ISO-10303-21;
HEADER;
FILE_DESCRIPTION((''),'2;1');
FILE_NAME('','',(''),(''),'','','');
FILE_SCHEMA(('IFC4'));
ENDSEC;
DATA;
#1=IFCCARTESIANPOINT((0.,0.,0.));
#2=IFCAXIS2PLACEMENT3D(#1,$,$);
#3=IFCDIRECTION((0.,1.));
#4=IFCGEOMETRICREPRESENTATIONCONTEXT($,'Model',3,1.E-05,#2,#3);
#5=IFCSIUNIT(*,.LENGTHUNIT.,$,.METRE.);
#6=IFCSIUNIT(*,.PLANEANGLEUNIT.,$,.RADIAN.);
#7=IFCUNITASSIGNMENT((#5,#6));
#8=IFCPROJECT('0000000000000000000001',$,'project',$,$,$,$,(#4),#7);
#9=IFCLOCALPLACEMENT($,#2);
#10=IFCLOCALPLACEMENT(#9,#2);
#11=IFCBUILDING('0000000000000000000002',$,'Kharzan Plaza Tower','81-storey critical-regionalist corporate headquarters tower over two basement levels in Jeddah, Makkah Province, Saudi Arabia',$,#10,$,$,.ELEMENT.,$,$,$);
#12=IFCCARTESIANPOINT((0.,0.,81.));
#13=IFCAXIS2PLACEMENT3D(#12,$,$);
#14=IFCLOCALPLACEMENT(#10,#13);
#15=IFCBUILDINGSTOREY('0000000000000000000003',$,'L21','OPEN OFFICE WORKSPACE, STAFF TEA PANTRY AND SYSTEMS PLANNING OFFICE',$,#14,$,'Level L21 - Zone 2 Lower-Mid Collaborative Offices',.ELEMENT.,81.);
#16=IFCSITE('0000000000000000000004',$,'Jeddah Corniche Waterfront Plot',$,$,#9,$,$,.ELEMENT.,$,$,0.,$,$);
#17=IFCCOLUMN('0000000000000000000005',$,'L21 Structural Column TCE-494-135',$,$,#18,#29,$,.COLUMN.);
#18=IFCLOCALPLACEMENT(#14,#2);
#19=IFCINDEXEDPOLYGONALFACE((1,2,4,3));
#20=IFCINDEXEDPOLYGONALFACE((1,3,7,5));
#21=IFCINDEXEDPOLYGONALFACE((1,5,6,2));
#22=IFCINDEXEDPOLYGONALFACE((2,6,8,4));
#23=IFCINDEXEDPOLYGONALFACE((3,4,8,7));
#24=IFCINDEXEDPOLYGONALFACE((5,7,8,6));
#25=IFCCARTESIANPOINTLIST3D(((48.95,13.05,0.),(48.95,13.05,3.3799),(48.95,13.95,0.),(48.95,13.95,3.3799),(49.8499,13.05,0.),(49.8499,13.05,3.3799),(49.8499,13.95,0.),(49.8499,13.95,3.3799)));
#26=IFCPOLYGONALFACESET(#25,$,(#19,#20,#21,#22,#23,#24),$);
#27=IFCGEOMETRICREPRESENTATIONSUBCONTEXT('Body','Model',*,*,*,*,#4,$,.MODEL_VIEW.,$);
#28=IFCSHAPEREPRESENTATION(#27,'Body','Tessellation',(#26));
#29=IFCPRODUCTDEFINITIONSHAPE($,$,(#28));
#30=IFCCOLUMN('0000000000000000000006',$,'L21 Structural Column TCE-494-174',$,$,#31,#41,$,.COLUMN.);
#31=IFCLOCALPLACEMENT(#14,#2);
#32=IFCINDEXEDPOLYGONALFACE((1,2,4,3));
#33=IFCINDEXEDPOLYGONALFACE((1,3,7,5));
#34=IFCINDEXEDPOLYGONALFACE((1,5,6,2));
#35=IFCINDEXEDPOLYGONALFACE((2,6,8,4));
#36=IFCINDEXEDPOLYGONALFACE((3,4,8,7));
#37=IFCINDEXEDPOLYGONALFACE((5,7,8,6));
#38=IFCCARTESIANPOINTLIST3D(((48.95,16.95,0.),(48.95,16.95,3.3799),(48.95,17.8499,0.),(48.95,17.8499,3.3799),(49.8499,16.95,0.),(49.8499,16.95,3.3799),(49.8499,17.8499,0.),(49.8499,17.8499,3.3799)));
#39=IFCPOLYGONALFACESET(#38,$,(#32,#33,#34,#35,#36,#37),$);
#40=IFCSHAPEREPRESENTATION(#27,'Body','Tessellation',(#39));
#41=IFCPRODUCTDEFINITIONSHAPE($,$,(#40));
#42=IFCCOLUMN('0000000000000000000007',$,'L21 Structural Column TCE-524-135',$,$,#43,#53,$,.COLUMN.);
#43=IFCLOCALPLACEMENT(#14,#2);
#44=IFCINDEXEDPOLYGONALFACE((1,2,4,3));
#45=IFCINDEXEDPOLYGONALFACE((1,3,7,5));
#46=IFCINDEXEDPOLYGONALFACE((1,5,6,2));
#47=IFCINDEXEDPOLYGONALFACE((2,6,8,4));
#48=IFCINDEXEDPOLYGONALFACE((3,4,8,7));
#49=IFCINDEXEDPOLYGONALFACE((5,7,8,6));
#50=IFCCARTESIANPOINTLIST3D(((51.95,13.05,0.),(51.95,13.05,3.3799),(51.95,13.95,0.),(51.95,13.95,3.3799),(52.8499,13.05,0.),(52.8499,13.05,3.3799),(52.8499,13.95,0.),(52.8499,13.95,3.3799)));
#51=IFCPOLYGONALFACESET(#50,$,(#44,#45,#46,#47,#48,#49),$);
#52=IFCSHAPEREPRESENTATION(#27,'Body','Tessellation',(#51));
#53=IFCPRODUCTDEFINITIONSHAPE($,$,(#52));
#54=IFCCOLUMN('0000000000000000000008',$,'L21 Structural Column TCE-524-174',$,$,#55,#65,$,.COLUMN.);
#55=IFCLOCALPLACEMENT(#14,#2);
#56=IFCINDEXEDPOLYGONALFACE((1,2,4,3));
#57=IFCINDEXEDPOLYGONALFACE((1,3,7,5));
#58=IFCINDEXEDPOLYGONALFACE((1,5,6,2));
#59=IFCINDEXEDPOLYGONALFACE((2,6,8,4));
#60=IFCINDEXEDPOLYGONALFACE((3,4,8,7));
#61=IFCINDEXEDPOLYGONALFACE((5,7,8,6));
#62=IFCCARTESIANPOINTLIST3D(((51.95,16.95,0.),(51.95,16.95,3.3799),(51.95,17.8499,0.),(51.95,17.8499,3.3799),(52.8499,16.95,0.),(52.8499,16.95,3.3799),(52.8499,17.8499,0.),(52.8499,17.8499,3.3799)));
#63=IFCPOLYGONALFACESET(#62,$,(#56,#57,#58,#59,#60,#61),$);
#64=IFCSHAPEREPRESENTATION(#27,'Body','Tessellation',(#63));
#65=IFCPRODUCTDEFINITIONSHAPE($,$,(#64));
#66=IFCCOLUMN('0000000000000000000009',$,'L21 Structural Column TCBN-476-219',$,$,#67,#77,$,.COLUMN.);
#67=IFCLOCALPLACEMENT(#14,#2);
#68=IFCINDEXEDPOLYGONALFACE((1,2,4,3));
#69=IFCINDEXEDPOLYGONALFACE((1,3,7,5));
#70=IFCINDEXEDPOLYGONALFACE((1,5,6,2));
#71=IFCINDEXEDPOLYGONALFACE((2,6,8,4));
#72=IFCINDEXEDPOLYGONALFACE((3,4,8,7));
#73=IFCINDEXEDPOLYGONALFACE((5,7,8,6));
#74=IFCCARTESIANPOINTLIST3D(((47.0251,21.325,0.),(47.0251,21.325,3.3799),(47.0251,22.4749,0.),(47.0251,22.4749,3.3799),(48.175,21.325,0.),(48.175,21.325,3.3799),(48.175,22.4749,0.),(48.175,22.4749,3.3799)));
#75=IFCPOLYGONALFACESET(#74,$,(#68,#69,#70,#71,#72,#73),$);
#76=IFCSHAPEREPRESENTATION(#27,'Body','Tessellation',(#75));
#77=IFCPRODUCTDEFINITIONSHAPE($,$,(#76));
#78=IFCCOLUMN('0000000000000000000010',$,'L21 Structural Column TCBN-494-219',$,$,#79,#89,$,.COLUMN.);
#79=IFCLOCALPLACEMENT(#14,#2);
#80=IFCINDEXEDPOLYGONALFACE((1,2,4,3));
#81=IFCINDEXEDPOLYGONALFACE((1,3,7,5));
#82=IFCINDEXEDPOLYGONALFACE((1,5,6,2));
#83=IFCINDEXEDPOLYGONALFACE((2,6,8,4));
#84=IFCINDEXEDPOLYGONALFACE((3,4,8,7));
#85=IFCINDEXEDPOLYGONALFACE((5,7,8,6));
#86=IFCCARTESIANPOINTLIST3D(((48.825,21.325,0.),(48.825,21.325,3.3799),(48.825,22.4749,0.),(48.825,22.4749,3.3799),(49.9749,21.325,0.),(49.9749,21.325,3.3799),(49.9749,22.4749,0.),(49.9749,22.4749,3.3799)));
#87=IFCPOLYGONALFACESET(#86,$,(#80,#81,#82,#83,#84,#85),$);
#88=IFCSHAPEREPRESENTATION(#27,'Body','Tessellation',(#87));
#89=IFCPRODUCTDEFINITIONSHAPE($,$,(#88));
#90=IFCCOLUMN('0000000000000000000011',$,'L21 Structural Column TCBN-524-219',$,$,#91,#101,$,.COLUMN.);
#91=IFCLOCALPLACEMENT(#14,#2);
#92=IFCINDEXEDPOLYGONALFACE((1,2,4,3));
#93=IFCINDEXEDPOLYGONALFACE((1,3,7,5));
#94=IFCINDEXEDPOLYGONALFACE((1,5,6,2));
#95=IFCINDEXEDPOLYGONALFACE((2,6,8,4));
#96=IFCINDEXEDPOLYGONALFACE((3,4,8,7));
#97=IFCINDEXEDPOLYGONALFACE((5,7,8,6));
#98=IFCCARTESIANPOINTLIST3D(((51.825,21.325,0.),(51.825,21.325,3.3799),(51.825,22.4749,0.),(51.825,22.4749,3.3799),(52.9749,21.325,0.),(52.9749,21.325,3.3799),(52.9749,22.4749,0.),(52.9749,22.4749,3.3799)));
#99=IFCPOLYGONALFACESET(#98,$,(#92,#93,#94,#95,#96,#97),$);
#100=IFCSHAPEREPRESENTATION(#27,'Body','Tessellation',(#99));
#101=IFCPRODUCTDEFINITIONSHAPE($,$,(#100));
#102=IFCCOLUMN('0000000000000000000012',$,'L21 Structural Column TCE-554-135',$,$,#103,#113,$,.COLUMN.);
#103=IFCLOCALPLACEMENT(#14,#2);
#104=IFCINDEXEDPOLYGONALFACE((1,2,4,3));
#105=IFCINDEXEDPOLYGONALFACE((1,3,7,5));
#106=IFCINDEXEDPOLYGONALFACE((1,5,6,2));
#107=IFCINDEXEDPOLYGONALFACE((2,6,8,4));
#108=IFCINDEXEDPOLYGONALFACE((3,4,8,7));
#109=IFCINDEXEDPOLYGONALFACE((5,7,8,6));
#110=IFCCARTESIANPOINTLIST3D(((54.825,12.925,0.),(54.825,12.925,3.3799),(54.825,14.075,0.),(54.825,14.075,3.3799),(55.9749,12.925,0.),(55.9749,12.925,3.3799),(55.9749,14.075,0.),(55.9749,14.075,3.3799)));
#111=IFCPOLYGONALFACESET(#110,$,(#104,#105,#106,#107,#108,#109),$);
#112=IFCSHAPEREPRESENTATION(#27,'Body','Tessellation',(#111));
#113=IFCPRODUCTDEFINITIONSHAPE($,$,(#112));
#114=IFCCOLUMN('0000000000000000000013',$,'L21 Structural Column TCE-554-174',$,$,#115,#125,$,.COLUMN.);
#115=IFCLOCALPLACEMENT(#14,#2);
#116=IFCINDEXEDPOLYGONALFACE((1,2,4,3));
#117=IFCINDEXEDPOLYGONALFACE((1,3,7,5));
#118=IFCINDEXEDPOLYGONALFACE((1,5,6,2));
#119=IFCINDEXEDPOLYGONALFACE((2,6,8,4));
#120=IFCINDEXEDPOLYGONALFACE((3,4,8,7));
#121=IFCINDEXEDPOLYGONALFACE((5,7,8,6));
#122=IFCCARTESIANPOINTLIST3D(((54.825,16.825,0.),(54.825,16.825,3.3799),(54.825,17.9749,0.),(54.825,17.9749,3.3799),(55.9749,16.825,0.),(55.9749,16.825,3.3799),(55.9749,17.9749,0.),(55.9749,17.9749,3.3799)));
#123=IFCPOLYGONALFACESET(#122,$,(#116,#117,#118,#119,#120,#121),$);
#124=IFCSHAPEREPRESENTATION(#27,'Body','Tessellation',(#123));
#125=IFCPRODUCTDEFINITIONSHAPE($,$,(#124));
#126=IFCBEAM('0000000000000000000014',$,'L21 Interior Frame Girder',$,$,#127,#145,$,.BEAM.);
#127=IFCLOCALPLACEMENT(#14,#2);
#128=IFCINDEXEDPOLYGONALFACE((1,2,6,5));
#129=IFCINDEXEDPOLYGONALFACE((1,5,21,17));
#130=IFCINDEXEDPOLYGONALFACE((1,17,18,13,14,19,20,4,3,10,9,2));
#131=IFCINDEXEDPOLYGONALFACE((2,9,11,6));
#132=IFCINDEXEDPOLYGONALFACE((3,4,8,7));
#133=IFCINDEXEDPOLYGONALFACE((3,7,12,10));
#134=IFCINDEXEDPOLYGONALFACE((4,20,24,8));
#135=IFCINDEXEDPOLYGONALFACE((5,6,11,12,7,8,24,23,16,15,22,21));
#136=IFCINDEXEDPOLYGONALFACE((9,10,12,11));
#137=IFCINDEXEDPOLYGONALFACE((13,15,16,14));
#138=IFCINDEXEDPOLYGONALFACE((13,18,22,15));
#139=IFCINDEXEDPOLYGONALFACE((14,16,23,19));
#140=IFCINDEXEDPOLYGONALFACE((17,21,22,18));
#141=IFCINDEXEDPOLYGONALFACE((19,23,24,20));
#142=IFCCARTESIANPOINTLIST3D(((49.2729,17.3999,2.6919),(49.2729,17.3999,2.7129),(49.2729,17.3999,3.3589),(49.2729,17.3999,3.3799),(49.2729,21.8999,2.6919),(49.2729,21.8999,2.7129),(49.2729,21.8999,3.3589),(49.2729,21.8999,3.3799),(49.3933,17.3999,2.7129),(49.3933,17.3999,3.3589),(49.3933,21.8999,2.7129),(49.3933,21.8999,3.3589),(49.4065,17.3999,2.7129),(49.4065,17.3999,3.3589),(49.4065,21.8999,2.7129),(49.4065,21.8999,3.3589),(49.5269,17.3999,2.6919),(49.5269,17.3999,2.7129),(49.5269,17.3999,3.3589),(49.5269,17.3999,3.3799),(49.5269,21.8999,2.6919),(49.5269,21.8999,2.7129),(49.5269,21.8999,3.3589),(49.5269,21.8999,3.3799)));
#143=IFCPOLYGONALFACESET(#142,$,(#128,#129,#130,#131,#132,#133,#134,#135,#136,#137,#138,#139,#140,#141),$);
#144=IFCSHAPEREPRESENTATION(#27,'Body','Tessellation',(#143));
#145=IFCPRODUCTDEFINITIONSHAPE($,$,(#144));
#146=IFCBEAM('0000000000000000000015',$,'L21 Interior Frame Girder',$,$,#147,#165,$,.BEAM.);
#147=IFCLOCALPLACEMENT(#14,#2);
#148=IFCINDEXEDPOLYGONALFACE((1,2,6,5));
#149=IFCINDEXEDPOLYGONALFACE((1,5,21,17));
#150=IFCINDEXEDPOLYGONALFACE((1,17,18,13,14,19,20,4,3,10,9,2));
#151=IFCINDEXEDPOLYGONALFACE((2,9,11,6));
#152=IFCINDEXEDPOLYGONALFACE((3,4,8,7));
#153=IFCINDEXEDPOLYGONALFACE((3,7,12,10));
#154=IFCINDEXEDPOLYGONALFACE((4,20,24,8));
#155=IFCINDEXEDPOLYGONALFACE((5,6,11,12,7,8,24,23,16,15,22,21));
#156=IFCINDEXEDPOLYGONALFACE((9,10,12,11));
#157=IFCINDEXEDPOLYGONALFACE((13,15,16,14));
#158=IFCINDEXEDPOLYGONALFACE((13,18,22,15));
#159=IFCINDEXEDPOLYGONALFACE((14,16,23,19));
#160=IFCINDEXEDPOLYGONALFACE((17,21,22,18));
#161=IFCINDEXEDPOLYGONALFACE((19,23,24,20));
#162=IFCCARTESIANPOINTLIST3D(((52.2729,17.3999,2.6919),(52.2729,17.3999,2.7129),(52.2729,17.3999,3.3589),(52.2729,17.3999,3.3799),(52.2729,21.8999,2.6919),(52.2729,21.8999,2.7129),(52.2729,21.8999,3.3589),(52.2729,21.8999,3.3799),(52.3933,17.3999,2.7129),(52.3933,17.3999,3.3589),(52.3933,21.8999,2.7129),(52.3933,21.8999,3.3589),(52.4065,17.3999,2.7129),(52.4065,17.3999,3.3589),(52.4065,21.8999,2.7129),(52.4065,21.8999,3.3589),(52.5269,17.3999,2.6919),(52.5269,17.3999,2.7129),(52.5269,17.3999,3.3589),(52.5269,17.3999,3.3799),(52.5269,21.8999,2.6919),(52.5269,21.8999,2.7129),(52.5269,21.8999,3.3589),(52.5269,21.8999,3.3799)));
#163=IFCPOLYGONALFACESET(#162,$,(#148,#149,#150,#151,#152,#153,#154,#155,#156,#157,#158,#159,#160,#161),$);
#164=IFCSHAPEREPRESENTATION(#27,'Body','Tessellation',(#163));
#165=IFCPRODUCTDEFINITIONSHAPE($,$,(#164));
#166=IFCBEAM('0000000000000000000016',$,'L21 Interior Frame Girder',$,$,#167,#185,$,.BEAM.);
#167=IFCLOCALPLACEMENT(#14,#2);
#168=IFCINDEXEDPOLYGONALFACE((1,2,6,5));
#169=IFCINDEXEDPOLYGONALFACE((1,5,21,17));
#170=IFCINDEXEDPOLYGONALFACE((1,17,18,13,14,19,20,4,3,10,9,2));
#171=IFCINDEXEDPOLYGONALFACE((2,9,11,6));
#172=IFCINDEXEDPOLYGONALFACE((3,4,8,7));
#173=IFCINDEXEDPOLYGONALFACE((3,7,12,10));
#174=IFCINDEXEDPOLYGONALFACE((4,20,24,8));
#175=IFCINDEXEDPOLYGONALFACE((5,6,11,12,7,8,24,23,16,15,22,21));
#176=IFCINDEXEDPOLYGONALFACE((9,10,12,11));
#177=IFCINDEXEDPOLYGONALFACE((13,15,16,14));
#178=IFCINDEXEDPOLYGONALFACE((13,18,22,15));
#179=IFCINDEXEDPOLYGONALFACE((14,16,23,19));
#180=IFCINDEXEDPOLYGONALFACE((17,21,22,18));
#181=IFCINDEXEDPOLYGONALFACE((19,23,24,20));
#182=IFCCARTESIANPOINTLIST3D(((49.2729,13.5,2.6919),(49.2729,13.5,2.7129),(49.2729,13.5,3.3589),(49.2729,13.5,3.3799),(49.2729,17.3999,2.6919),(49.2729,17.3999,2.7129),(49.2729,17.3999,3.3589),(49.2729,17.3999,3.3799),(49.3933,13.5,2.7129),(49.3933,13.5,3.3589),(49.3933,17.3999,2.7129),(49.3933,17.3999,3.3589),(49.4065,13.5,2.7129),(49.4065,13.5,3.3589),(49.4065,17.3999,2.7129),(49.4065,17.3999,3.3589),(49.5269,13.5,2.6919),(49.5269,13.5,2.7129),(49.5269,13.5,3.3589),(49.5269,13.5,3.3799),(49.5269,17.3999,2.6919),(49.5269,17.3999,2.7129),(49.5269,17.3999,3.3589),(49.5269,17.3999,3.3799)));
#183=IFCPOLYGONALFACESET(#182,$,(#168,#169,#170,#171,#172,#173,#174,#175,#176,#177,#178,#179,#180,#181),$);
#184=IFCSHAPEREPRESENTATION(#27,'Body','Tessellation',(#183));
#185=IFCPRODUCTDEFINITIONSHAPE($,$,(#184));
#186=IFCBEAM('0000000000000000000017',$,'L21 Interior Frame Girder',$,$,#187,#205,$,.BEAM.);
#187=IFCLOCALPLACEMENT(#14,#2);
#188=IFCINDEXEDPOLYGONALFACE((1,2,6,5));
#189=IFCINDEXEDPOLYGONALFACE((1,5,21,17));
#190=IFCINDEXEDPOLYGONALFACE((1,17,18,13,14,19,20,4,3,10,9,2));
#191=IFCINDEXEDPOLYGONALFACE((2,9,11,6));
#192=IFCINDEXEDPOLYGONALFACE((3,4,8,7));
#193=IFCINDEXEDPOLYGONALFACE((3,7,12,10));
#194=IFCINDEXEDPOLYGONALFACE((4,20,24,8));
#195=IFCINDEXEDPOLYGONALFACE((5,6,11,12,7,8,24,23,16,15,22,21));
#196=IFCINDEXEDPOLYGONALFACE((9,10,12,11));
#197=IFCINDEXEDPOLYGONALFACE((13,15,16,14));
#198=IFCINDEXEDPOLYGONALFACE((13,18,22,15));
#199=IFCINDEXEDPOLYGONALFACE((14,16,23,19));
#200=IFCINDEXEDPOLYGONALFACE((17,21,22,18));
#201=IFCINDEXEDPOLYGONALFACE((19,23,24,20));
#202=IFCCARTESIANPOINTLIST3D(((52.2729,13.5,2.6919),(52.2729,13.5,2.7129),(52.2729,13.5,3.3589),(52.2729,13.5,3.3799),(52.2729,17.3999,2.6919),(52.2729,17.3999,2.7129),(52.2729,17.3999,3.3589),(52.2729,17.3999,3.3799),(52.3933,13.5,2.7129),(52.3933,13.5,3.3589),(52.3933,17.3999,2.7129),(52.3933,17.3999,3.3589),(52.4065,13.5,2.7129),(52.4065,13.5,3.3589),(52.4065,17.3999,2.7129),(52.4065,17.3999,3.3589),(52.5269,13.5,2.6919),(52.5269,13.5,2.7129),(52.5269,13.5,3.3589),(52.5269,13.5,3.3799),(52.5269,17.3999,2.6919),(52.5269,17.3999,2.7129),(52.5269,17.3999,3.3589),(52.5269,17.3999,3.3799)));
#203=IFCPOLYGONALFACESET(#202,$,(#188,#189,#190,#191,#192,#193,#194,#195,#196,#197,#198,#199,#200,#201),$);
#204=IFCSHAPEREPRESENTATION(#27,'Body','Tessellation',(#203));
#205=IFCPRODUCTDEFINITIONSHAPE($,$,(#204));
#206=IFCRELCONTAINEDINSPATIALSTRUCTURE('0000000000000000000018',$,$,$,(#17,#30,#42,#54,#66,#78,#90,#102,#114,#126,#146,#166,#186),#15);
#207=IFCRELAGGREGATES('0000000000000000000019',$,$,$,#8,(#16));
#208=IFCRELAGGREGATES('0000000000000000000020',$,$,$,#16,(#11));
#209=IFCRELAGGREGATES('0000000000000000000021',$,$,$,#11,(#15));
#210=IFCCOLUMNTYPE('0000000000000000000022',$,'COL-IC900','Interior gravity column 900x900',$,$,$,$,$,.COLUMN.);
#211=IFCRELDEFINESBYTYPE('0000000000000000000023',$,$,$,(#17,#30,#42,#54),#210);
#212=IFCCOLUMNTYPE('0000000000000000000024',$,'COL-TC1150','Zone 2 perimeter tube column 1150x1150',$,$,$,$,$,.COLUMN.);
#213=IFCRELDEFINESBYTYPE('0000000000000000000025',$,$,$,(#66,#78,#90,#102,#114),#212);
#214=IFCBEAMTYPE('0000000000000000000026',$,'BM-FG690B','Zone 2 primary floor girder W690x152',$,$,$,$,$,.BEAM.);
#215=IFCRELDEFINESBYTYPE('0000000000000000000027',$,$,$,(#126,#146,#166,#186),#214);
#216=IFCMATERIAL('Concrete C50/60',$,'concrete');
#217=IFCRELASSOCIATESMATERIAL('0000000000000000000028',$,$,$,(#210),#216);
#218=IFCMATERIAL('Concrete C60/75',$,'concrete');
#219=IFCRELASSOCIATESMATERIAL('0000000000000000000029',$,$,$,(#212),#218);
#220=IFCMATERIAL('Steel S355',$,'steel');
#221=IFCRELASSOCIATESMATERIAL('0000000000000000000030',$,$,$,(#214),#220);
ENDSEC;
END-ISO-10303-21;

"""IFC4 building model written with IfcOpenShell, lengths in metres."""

from ifc_helpers import new_model, si_unit, direction, frame, origin, origin_2d, place, context, subcontext, project, spatial, rectangle, i_section, extrude, source, transform, mapped, material, material_profile, profile_set, type_object, element, save


model = new_model("IFC4")

# Units and contexts
model_context = context("Model", 3, precision=1e-05, world=origin(), true_north=direction((0.0, 1.0)))
body_context = subcontext(model_context, "Body", "Model", "MODEL_VIEW")
ifc_project = project(units=[si_unit("LENGTHUNIT", "METRE"), si_unit("PLANEANGLEUNIT", "RADIAN")], contexts=[model_context])

# Site, building, storey
site_placement = place(None, origin())
site = spatial("IfcSite", under=ifc_project, at=site_placement, Name="Jeddah Corniche Waterfront Plot", CompositionType="ELEMENT", RefElevation=0.0)
building_placement = place(site_placement, origin())
building = spatial("IfcBuilding", under=site, at=building_placement, Name="Kharzan Plaza Tower", Description="81-storey critical-regionalist corporate headquarters tower over two basement levels in Jeddah, Makkah Province, Saudi Arabia", CompositionType="ELEMENT")
storey_placement = place(building_placement, frame((0.0, 0.0, 81.0)))
storey = spatial("IfcBuildingStorey", under=building, at=storey_placement, Name="L21", Description="OPEN OFFICE WORKSPACE, STAFF TEA PANTRY AND SYSTEMS PLANNING OFFICE", LongName="Level L21 - Zone 2 Lower-Mid Collaborative Offices", CompositionType="ELEMENT", Elevation=81.0)

# Columns
ifc_material_1 = material(Name="Concrete C50/60", Category="concrete")
ifc_material_profile_1 = material_profile(ifc_material_1, rectangle(XDim=0.8999, YDim=0.8999, at=origin_2d()), Name="RC-IC900x900")
ifc_profile_set_1 = profile_set([ifc_material_profile_1], Name="Concrete C50/60")
column_type_1 = type_object("IfcColumnType", Name="COL-IC900", Description="Interior gravity column 900x900", PredefinedType="COLUMN", material=ifc_profile_set_1)
shared_shape_1 = source(origin(), body_context, "Body", "SweptSolid", [
    extrude(rectangle(XDim=0.8999, YDim=0.8999, at=origin_2d()), origin(), (0.0, 0.0, 1.0), 3.3799),
])
for number, where, z_axis, x_axis, name in (
    (1, (49.3999, 13.5, 0.0), (0.0, 0.0, 1.0), (1.0, 0.0, 0.0), "L21 Structural Column TCE-494-135"),
    (2, (49.3999, 17.3999, 0.0), (0.0, 0.0, 1.0), (1.0, 0.0, 0.0), "L21 Structural Column TCE-494-174"),
    (3, (52.3999, 13.5, 0.0), (0.0, 0.0, 1.0), (1.0, 0.0, 0.0), "L21 Structural Column TCE-524-135"),
    (4, (52.3999, 17.3999, 0.0), (0.0, 0.0, 1.0), (1.0, 0.0, 0.0), "L21 Structural Column TCE-524-174"),
):
    element("IfcColumn", number, at=place(storey_placement, frame(where, z_axis=z_axis, x_axis=x_axis)), inside=storey, type_object=column_type_1, Name=name, PredefinedType="COLUMN", context=body_context, shape_type="MappedRepresentation", body=[
        mapped(shared_shape_1, transform((0.0, 0.0, 0.0), x_axis=(1.0, 0.0, 0.0), y_axis=(0.0, 1.0, 0.0), z_axis=(0.0, 0.0, 1.0))),
    ])
ifc_material_2 = material(Name="Concrete C60/75", Category="concrete")
ifc_material_profile_2 = material_profile(ifc_material_2, rectangle(XDim=1.1499, YDim=1.1499, at=origin_2d()), Name="RC-TC1150x1150")
ifc_profile_set_2 = profile_set([ifc_material_profile_2], Name="Concrete C60/75")
column_type_2 = type_object("IfcColumnType", Name="COL-TC1150", Description="Zone 2 perimeter tube column 1150x1150", PredefinedType="COLUMN", material=ifc_profile_set_2)
shared_shape_2 = source(origin(), body_context, "Body", "SweptSolid", [
    extrude(rectangle(XDim=1.1499, YDim=1.1499, at=origin_2d()), origin(), (0.0, 0.0, 1.0), 3.3799),
])
for number, where, z_axis, x_axis, name in (
    (5, (47.6001, 21.8999, 0.0), (0.0, 0.0, 1.0), (1.0, 0.0, 0.0), "L21 Structural Column TCBN-476-219"),
    (6, (49.3999, 21.8999, 0.0), (0.0, 0.0, 1.0), (1.0, 0.0, 0.0), "L21 Structural Column TCBN-494-219"),
    (7, (52.3999, 21.8999, 0.0), (0.0, 0.0, 1.0), (1.0, 0.0, 0.0), "L21 Structural Column TCBN-524-219"),
    (8, (55.3999, 13.5, 0.0), (0.0, 0.0, 1.0), (1.0, 0.0, 0.0), "L21 Structural Column TCE-554-135"),
    (9, (55.3999, 17.3999, 0.0), (0.0, 0.0, 1.0), (1.0, 0.0, 0.0), "L21 Structural Column TCE-554-174"),
):
    element("IfcColumn", number, at=place(storey_placement, frame(where, z_axis=z_axis, x_axis=x_axis)), inside=storey, type_object=column_type_2, Name=name, PredefinedType="COLUMN", context=body_context, shape_type="MappedRepresentation", body=[
        mapped(shared_shape_2, transform((0.0, 0.0, 0.0), x_axis=(1.0, 0.0, 0.0), y_axis=(0.0, 1.0, 0.0), z_axis=(0.0, 0.0, 1.0))),
    ])

# Beams
ifc_material_3 = material(Name="Steel S355", Category="steel")
ifc_material_profile_3 = material_profile(ifc_material_3, i_section(OverallWidth=0.2539, OverallDepth=0.688, WebThickness=0.0132, FlangeThickness=0.021, at=origin_2d()), Name="W690x152")
ifc_profile_set_3 = profile_set([ifc_material_profile_3], Name="Steel S355")
beam_type_1 = type_object("IfcBeamType", Name="BM-FG690B", Description="Zone 2 primary floor girder W690x152", PredefinedType="BEAM", material=ifc_profile_set_3)
shared_shape_3 = source(origin(), body_context, "Body", "SweptSolid", [
    extrude(i_section(OverallWidth=0.2539, OverallDepth=0.688, WebThickness=0.0132, FlangeThickness=0.021, at=origin_2d()), origin(), (0.0, 0.0, 1.0), 4.5),
])
for number, where, z_axis, x_axis, name in (
    (10, (49.3999, 17.3999, 3.0359), (0.0, 1.0, 0.0), (-1.0, 0.0, 0.0), "L21 Interior Frame Girder"),
    (11, (52.3999, 17.3999, 3.0359), (0.0, 1.0, 0.0), (-1.0, 0.0, 0.0), "L21 Interior Frame Girder"),
):
    element("IfcBeam", number, at=place(storey_placement, frame(where, z_axis=z_axis, x_axis=x_axis)), inside=storey, type_object=beam_type_1, Name=name, PredefinedType="BEAM", context=body_context, shape_type="MappedRepresentation", body=[
        mapped(shared_shape_3, transform((0.0, 0.0, 0.0), x_axis=(1.0, 0.0, 0.0), y_axis=(0.0, 1.0, 0.0), z_axis=(0.0, 0.0, 1.0))),
    ])
shared_shape_4 = source(origin(), body_context, "Body", "SweptSolid", [
    extrude(i_section(OverallWidth=0.2539, OverallDepth=0.688, WebThickness=0.0132, FlangeThickness=0.021, at=origin_2d()), origin(), (0.0, 0.0, 1.0), 3.8999),
])
for number, where, z_axis, x_axis, name in (
    (12, (49.3999, 13.5, 3.0359), (0.0, 1.0, 0.0), (-1.0, 0.0, 0.0), "L21 Interior Frame Girder"),
    (13, (52.3999, 13.5, 3.0359), (0.0, 1.0, 0.0), (-1.0, 0.0, 0.0), "L21 Interior Frame Girder"),
):
    element("IfcBeam", number, at=place(storey_placement, frame(where, z_axis=z_axis, x_axis=x_axis)), inside=storey, type_object=beam_type_1, Name=name, PredefinedType="BEAM", context=body_context, shape_type="MappedRepresentation", body=[
        mapped(shared_shape_4, transform((0.0, 0.0, 0.0), x_axis=(1.0, 0.0, 0.0), y_axis=(0.0, 1.0, 0.0), z_axis=(0.0, 0.0, 1.0))),
    ])

save(model, "model.ifc")
